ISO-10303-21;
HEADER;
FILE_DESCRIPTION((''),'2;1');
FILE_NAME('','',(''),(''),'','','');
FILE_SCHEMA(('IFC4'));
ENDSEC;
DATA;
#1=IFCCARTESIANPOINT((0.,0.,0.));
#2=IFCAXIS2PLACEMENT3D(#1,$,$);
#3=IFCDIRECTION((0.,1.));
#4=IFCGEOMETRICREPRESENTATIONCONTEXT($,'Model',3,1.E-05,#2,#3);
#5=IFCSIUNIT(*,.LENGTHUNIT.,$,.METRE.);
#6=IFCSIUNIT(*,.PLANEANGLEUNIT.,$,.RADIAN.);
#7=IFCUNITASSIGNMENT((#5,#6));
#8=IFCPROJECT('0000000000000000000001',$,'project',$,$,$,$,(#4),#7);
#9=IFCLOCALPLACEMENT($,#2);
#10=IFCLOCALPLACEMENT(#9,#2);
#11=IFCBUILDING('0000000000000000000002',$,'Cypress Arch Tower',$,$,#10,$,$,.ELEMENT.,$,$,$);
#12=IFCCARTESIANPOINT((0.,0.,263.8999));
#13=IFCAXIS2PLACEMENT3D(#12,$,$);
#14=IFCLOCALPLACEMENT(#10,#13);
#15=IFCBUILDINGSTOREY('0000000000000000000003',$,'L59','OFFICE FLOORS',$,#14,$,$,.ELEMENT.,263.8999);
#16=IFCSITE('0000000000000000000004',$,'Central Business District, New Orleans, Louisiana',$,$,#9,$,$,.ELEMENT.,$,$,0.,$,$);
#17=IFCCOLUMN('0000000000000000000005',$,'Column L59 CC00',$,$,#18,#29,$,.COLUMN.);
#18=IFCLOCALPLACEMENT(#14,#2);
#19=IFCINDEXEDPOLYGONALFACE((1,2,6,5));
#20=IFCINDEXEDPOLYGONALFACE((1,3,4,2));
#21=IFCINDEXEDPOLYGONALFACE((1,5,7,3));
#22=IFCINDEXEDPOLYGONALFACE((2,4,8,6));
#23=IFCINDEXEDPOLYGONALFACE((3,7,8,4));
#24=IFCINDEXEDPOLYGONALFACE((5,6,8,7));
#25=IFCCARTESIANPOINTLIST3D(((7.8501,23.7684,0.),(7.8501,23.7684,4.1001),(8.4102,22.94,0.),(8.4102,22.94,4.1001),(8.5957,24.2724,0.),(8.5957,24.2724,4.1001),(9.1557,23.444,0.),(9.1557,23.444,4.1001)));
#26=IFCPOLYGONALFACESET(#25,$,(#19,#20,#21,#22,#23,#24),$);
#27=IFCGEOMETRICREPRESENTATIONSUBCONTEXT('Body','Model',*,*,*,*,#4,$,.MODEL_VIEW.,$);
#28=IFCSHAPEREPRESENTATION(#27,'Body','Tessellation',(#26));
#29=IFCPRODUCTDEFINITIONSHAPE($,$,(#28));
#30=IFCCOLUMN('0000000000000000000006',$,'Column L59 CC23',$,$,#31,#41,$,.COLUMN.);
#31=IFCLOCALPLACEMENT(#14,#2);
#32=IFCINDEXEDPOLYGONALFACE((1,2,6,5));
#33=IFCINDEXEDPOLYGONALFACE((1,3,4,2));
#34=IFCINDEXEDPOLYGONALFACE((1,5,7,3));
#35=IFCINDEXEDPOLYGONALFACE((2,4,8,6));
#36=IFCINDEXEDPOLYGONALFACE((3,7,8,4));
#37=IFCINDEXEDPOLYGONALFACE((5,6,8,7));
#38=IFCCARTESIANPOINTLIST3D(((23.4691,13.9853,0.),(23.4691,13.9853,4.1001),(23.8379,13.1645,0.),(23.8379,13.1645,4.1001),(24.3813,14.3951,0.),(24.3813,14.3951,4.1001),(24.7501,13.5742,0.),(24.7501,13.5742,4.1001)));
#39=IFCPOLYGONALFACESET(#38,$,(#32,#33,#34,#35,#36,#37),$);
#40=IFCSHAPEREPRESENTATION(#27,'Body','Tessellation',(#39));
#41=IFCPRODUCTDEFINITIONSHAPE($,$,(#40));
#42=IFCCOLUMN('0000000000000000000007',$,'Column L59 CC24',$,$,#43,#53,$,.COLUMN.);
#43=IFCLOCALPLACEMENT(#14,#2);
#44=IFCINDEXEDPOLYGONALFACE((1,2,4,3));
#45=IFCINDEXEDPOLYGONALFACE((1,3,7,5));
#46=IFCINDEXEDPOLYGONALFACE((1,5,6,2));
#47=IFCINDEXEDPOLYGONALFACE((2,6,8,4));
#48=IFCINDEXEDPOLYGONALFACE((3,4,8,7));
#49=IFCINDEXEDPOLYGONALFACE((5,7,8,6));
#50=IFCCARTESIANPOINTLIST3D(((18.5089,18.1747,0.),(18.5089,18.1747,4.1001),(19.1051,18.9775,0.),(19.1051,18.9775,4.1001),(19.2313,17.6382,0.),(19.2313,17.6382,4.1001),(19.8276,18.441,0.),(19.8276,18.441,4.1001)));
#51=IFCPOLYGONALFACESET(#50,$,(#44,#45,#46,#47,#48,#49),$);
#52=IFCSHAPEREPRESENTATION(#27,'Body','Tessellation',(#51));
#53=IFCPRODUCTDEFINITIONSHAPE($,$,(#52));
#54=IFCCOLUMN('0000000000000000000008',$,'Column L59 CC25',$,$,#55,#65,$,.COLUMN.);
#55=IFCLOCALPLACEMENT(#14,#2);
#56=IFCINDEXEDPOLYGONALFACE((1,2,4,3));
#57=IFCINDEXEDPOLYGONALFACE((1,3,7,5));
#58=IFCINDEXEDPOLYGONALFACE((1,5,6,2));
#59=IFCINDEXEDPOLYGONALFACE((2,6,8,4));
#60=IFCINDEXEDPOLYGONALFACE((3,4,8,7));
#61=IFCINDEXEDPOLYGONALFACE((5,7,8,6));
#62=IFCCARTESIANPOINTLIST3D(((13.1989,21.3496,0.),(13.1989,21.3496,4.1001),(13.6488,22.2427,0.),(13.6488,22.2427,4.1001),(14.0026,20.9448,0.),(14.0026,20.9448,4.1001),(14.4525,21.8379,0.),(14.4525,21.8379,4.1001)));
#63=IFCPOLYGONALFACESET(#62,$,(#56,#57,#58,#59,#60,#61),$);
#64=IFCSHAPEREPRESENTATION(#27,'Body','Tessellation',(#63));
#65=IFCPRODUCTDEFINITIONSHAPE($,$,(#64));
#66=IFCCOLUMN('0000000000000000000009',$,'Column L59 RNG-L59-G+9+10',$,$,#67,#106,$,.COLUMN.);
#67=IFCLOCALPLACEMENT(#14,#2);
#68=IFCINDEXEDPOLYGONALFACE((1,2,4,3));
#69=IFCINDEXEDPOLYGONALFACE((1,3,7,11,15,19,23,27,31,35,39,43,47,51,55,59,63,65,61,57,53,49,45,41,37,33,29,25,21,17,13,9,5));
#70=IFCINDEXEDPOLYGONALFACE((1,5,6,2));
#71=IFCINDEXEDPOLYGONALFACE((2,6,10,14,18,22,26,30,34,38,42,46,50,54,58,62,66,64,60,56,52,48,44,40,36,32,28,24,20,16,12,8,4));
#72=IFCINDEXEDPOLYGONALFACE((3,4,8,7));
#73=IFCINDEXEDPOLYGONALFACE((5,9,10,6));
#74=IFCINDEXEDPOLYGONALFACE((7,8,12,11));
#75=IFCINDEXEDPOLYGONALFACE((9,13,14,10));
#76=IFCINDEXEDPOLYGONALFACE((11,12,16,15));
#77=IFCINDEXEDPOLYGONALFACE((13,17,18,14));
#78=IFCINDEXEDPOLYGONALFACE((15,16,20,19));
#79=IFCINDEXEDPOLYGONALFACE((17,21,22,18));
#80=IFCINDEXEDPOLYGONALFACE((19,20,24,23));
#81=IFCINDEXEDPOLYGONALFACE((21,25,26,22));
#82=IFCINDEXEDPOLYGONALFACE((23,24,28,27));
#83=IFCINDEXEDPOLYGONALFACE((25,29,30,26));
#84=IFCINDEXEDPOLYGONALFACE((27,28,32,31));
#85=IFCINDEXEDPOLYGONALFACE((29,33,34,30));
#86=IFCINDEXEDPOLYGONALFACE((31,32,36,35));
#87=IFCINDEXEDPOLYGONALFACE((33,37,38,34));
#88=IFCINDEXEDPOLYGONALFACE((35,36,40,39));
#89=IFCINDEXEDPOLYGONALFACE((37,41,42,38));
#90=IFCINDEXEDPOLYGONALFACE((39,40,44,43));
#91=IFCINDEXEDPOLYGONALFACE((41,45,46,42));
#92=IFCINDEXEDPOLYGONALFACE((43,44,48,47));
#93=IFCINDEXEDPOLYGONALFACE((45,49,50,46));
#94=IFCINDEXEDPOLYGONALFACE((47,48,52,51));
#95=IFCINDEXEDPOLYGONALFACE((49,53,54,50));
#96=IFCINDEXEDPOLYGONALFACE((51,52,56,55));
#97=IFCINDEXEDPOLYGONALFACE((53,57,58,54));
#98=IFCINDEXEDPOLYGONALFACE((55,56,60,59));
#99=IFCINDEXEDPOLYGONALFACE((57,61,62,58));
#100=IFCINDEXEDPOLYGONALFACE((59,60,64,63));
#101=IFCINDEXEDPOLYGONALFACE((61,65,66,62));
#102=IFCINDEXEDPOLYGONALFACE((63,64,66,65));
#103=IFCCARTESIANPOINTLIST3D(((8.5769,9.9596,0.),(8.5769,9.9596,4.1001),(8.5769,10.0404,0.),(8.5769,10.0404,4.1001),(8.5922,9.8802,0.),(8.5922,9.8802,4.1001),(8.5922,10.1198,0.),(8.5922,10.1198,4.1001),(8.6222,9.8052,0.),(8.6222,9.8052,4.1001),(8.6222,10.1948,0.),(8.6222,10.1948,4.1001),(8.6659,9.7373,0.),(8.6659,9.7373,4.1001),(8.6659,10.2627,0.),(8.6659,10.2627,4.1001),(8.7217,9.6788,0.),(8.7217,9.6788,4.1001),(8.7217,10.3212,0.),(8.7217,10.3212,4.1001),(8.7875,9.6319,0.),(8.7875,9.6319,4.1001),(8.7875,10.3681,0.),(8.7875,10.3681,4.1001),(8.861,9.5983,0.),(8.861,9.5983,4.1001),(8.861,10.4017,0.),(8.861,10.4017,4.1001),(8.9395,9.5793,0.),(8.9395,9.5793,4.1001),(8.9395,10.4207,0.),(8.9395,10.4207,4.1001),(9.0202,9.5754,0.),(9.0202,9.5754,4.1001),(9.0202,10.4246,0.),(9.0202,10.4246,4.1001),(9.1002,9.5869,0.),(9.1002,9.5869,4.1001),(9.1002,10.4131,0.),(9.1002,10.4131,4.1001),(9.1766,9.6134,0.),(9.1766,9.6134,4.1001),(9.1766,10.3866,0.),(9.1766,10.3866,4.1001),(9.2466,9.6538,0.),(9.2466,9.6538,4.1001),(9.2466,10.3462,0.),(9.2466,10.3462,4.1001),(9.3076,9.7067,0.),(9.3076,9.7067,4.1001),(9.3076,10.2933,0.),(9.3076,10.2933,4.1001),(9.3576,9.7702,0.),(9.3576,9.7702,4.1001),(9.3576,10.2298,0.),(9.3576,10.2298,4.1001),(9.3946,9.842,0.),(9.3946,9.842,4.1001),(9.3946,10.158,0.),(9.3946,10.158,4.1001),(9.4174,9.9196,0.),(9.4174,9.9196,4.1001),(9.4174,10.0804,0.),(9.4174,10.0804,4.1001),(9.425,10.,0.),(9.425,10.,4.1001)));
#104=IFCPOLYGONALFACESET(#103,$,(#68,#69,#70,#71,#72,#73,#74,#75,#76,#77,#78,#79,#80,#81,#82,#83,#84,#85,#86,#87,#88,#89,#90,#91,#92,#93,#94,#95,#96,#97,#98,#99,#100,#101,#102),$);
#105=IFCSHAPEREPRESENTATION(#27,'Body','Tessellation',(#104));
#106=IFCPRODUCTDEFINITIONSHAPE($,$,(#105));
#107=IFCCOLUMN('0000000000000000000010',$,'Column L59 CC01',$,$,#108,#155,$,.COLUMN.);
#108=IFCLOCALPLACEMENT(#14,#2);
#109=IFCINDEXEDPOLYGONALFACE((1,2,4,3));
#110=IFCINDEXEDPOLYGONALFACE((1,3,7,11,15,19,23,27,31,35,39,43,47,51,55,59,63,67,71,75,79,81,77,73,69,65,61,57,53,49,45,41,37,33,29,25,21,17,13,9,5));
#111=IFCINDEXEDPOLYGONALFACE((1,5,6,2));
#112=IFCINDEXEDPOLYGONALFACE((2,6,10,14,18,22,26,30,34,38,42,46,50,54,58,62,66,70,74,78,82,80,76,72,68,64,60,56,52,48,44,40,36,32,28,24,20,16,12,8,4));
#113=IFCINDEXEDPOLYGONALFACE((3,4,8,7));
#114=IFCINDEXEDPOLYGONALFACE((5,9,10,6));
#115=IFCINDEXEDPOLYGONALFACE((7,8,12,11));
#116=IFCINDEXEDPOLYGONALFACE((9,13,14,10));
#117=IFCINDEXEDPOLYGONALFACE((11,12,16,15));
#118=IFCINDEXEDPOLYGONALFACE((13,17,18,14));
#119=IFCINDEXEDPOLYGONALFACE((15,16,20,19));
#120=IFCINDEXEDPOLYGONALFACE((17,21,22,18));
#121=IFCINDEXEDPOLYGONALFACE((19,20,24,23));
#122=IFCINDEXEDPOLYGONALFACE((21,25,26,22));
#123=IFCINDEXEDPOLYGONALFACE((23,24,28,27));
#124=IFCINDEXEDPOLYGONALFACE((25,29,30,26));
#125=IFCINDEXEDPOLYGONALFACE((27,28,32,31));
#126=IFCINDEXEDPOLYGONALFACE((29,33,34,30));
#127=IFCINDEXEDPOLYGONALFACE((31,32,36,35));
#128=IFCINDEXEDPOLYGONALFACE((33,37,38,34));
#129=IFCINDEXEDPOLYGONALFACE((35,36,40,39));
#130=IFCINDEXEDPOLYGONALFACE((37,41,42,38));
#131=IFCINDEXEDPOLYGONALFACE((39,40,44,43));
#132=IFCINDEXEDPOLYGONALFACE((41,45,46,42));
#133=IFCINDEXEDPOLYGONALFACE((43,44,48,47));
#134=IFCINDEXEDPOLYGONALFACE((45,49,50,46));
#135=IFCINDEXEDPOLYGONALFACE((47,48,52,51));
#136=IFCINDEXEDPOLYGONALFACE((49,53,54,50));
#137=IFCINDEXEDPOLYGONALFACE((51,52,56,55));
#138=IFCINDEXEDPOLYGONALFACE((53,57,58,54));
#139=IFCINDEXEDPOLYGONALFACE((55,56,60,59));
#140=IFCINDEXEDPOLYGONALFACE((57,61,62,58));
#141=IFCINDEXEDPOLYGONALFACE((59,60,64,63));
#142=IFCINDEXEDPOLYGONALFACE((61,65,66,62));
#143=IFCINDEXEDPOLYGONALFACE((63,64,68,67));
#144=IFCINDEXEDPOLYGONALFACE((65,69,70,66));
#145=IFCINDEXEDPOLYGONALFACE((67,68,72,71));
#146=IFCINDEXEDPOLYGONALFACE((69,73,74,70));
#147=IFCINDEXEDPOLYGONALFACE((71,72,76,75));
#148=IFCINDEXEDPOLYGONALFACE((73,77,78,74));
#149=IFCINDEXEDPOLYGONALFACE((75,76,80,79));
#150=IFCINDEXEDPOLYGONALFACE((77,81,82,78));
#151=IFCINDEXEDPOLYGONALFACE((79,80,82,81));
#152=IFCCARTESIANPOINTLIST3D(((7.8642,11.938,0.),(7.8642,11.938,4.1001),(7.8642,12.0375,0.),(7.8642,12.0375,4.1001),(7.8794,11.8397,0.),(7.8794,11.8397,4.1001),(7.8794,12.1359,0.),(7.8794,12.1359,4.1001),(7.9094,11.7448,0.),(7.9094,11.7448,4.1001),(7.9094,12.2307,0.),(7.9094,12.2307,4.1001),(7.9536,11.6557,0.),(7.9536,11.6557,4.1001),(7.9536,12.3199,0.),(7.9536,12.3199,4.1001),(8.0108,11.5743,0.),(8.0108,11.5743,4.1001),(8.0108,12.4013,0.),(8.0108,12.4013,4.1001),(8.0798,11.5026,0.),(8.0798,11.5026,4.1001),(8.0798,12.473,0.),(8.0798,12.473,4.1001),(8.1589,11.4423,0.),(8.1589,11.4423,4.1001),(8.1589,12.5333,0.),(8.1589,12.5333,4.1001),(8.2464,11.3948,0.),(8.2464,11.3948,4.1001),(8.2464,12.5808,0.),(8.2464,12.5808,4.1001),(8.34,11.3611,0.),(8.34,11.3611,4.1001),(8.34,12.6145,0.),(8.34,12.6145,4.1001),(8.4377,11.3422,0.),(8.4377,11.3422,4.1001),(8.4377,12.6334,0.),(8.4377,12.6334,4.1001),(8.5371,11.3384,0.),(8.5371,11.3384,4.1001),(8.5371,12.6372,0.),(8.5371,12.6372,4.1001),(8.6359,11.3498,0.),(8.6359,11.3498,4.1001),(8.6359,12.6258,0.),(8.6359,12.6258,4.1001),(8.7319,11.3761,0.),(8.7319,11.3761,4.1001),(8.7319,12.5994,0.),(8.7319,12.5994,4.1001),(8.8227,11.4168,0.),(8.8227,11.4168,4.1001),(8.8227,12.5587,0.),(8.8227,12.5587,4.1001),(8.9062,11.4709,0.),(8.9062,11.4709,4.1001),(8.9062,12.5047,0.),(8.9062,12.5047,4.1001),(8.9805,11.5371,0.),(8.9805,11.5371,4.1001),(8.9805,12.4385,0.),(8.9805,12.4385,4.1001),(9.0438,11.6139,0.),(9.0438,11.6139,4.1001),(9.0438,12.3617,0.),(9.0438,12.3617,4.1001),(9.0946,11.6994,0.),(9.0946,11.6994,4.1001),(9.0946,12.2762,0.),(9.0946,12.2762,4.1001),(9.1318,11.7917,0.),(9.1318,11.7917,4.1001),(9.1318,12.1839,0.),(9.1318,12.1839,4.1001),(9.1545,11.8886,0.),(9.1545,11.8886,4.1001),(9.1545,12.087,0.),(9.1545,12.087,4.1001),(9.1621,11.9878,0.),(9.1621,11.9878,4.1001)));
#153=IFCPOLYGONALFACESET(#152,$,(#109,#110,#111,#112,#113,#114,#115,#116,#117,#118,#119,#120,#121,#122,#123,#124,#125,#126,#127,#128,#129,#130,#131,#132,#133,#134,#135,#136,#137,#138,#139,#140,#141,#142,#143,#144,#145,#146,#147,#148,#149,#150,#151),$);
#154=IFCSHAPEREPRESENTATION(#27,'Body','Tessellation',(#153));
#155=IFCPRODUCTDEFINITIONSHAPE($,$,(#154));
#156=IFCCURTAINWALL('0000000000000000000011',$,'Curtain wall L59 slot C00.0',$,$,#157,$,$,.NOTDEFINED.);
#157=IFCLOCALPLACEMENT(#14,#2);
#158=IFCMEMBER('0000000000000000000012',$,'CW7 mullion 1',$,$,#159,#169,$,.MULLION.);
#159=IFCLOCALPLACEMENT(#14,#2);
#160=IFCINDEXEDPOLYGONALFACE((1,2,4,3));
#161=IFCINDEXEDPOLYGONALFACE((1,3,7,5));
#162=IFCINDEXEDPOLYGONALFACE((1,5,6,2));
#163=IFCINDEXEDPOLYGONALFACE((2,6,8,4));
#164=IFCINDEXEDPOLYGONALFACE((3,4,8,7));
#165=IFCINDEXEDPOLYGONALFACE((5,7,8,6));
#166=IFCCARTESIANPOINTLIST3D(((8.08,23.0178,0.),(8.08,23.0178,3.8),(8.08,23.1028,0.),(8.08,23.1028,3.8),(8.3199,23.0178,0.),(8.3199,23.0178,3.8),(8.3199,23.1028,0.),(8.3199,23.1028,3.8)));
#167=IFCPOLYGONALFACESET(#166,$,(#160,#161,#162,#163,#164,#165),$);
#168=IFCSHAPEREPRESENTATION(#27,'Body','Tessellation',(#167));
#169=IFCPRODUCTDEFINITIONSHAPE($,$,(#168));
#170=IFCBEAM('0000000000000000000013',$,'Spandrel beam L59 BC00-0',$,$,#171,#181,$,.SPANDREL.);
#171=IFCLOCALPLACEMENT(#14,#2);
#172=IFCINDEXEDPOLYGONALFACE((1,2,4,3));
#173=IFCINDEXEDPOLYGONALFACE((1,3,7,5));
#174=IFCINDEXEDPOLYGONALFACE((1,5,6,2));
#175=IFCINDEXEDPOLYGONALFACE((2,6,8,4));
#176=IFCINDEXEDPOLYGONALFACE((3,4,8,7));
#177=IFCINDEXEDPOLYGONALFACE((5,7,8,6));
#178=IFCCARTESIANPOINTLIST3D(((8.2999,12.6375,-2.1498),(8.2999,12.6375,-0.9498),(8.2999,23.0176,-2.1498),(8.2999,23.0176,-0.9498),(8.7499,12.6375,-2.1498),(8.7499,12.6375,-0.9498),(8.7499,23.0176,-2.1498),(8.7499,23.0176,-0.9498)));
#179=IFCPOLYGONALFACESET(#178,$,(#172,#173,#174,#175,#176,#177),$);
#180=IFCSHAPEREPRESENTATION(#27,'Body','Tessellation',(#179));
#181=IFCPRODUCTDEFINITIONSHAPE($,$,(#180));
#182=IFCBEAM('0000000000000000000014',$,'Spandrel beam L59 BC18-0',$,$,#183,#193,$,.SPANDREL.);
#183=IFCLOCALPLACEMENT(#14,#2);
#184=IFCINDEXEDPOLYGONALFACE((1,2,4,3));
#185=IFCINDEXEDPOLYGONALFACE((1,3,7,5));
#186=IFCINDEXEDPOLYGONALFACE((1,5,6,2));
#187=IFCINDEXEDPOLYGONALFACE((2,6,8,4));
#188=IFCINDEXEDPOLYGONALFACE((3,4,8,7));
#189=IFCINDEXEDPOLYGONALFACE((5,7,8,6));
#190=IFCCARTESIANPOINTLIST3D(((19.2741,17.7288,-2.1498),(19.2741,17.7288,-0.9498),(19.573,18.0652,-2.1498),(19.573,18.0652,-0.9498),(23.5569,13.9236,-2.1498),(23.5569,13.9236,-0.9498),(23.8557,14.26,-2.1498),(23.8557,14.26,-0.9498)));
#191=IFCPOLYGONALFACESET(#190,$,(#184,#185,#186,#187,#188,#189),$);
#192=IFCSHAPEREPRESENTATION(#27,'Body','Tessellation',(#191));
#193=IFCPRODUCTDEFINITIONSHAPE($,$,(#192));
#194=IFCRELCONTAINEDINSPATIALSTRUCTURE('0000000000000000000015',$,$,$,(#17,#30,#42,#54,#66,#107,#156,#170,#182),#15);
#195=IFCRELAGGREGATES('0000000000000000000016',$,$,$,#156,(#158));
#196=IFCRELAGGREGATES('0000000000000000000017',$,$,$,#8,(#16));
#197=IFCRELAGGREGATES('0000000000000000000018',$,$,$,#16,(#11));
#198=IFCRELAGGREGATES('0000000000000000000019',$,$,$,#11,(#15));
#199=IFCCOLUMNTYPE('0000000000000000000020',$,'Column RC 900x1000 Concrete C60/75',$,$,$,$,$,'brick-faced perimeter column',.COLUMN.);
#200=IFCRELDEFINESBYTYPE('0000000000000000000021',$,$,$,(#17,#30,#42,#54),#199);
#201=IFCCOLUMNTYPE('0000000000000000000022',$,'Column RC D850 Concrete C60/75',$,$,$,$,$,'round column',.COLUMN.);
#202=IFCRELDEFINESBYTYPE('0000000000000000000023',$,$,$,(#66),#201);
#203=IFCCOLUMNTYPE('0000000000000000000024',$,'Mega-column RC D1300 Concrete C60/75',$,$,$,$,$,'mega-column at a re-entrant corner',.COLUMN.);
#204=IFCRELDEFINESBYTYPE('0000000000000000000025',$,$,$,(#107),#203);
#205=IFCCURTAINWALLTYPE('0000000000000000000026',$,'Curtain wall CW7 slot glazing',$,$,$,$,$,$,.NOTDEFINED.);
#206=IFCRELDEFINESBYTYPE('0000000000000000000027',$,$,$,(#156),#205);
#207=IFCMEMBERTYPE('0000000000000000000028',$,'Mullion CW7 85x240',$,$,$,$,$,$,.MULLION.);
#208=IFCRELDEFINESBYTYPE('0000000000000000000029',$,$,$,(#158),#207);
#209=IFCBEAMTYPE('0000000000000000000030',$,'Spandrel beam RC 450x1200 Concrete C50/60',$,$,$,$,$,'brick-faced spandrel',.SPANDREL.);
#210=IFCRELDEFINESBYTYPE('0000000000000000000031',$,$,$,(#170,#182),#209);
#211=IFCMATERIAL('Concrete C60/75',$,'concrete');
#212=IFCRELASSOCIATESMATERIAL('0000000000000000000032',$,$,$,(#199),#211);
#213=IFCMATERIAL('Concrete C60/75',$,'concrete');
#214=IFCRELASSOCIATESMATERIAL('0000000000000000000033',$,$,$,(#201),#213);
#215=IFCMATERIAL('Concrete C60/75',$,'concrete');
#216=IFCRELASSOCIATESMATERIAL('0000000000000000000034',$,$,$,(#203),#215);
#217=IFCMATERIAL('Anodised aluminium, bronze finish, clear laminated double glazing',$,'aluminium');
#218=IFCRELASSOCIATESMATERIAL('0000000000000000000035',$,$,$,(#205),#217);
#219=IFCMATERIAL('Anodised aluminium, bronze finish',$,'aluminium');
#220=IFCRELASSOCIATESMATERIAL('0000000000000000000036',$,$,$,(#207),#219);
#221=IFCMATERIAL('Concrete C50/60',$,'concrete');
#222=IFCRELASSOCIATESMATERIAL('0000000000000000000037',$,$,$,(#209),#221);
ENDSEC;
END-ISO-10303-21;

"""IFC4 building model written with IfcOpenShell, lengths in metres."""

from ifc_helpers import new_model, si_unit, direction, frame, origin, origin_2d, place, context, subcontext, project, spatial, rectangle, circle, extrude, material, material_profile, profile_set, type_object, element, aggregate, save


model = new_model("IFC4")

# Units and contexts
model_context = context("Model", 3, precision=1e-05, world=origin(), true_north=direction((0.0, 1.0)))
body_context = subcontext(model_context, "Body", "Model", "MODEL_VIEW")
ifc_project = project(units=[si_unit("LENGTHUNIT", "METRE"), si_unit("PLANEANGLEUNIT", "RADIAN")], contexts=[model_context])

# Site, building, storey
site_placement = place(None, origin())
site = spatial("IfcSite", under=ifc_project, at=site_placement, Name="Central Business District, New Orleans, Louisiana", CompositionType="ELEMENT", RefElevation=0.0)
building_placement = place(site_placement, origin())
building = spatial("IfcBuilding", under=site, at=building_placement, Name="Cypress Arch Tower", CompositionType="ELEMENT")
storey_placement = place(building_placement, frame((0.0, 0.0, 263.8999)))
storey = spatial("IfcBuildingStorey", under=building, at=storey_placement, Name="L59", Description="OFFICE FLOORS", CompositionType="ELEMENT", Elevation=263.8999)

# Columns
ifc_material_1 = material(Name="Concrete C60/75", Category="concrete")
ifc_material_profile_1 = material_profile(ifc_material_1, rectangle(XDim=0.8999, YDim=1.0, at=origin_2d()), Name="RC 900x1000")
ifc_profile_set_1 = profile_set([ifc_material_profile_1], Name="Concrete C60/75")
column_type_1 = type_object("IfcColumnType", Name="Column RC 900x1000 Concrete C60/75", ElementType="brick-faced perimeter column", PredefinedType="COLUMN", material=ifc_profile_set_1)
for number, where, z_axis, x_axis, name in (
    (1, (8.5029, 23.6062, 0.0), (0.0, 0.0, 1.0), (-0.82847, -0.560034, 0.0), "Column L59 CC00"),
    (2, (24.1096, 13.7798, 0.0), (0.0, 0.0, 1.0), (-0.409765, 0.912191, 0.0), "Column L59 CC23"),
    (3, (19.1682, 18.3079, 0.0), (0.0, 0.0, 1.0), (-0.802799, 0.59625, 0.0), "Column L59 CC24"),
    (4, (13.8257, 21.5938, 0.0), (0.0, 0.0, 1.0), (-0.893106, 0.449845, 0.0), "Column L59 CC25"),
):
    element("IfcColumn", number, at=place(storey_placement, frame(where, z_axis=z_axis, x_axis=x_axis)), inside=storey, type_object=column_type_1, Name=name, PredefinedType="COLUMN", context=body_context, shape_type="SweptSolid", body=[
        extrude(rectangle(XDim=0.8999, YDim=1.0, at=origin_2d()), origin(), (0.0, 0.0, 1.0), 4.1001),
    ])
ifc_material_2 = material(Name="Concrete C60/75", Category="concrete")
ifc_material_profile_2 = material_profile(ifc_material_2, circle(Radius=0.425, at=origin_2d()), Name="RC D850")
ifc_profile_set_2 = profile_set([ifc_material_profile_2], Name="Concrete C60/75")
column_type_2 = type_object("IfcColumnType", Name="Column RC D850 Concrete C60/75", ElementType="round column", PredefinedType="COLUMN", material=ifc_profile_set_2)
column_1_placement = place(storey_placement, frame((9.0, 10.0, 0.0), z_axis=(0.0, 0.0, 1.0), x_axis=(1.0, 0.0, 0.0)))
element("IfcColumn", 5, at=column_1_placement, inside=storey, type_object=column_type_2, Name="Column L59 RNG-L59-G+9+10", PredefinedType="COLUMN", context=body_context, shape_type="SweptSolid", body=[
    extrude(circle(Radius=0.425, at=origin_2d()), origin(), (0.0, 0.0, 1.0), 4.1001),
])
ifc_material_3 = material(Name="Concrete C60/75", Category="concrete")
ifc_material_profile_3 = material_profile(ifc_material_3, circle(Radius=0.6499, at=origin_2d()), Name="RC D1300")
ifc_profile_set_3 = profile_set([ifc_material_profile_3], Name="Concrete C60/75")
column_type_3 = type_object("IfcColumnType", Name="Mega-column RC D1300 Concrete C60/75", ElementType="mega-column at a re-entrant corner", PredefinedType="COLUMN", material=ifc_profile_set_3)
column_2_placement = place(storey_placement, frame((8.5122, 11.9878, 0.0), z_axis=(0.0, 0.0, 1.0), x_axis=(1.0, 0.0, 0.0)))
element("IfcColumn", 6, at=column_2_placement, inside=storey, type_object=column_type_3, Name="Column L59 CC01", PredefinedType="COLUMN", context=body_context, shape_type="SweptSolid", body=[
    extrude(circle(Radius=0.6499, at=origin_2d()), origin(), (0.0, 0.0, 1.0), 4.1001),
])

# Curtain wall, member
ifc_material_4 = material(Name="Anodised aluminium, bronze finish, clear laminated double glazing", Category="aluminium")
curtain_wall_type = type_object("IfcCurtainWallType", Name="Curtain wall CW7 slot glazing", PredefinedType="NOTDEFINED", material=ifc_material_4)
curtain_wall_placement = place(storey_placement, origin())
curtain_wall = element("IfcCurtainWall", 7, at=curtain_wall_placement, inside=storey, type_object=curtain_wall_type, Name="Curtain wall L59 slot C00.0", PredefinedType="NOTDEFINED")
ifc_material_5 = material(Name="Anodised aluminium, bronze finish", Category="aluminium")
ifc_material_profile_4 = material_profile(ifc_material_5, rectangle(XDim=0.24, YDim=0.085, at=origin_2d()), Name="Mullion 85x240")
ifc_profile_set_4 = profile_set([ifc_material_profile_4], Name="Anodised aluminium, bronze finish")
member_type = type_object("IfcMemberType", Name="Mullion CW7 85x240", PredefinedType="MULLION", material=ifc_profile_set_4)
member_placement = place(storey_placement, frame((8.2, 23.0603, 0.0), z_axis=(0.0, 0.0, 1.0), x_axis=(1.0, 0.0, 0.0)))
member = element("IfcMember", 8, at=member_placement, type_object=member_type, Name="CW7 mullion 1", PredefinedType="MULLION", context=body_context, shape_type="SweptSolid", body=[
    extrude(rectangle(XDim=0.24, YDim=0.085, at=origin_2d()), origin(), (0.0, 0.0, 1.0), 3.8),
])
aggregate(curtain_wall, [member])

# Beams
ifc_material_6 = material(Name="Concrete C50/60", Category="concrete")
ifc_material_profile_5 = material_profile(ifc_material_6, rectangle(XDim=0.45, YDim=1.2, at=origin_2d()), Name="RC 450x1200")
ifc_profile_set_5 = profile_set([ifc_material_profile_5], Name="Concrete C50/60")
beam_type = type_object("IfcBeamType", Name="Spandrel beam RC 450x1200 Concrete C50/60", ElementType="brick-faced spandrel", PredefinedType="SPANDREL", material=ifc_profile_set_5)
beam_1_placement = place(storey_placement, frame((8.5249, 23.0176, -1.5498), z_axis=(0.0, -1.0, 0.0), x_axis=(1.0, 0.0, 0.0)))
element("IfcBeam", 9, at=beam_1_placement, inside=storey, type_object=beam_type, Name="Spandrel beam L59 BC00-0", PredefinedType="SPANDREL", context=body_context, shape_type="SweptSolid", body=[
    extrude(rectangle(XDim=0.45, YDim=1.2, at=origin_2d()), origin(), (0.0, 0.0, 1.0), 10.3801),
])
beam_2_placement = place(storey_placement, frame((23.7063, 14.0918, -1.5498), z_axis=(-0.747555, 0.6642, 0.0), x_axis=(-0.6642, -0.747555, 0.0)))
element("IfcBeam", 10, at=beam_2_placement, inside=storey, type_object=beam_type, Name="Spandrel beam L59 BC18-0", PredefinedType="SPANDREL", context=body_context, shape_type="SweptSolid", body=[
    extrude(rectangle(XDim=0.45, YDim=1.2, at=origin_2d()), origin(), (0.0, 0.0, 1.0), 5.729),
])

save(model, "model.ifc")
